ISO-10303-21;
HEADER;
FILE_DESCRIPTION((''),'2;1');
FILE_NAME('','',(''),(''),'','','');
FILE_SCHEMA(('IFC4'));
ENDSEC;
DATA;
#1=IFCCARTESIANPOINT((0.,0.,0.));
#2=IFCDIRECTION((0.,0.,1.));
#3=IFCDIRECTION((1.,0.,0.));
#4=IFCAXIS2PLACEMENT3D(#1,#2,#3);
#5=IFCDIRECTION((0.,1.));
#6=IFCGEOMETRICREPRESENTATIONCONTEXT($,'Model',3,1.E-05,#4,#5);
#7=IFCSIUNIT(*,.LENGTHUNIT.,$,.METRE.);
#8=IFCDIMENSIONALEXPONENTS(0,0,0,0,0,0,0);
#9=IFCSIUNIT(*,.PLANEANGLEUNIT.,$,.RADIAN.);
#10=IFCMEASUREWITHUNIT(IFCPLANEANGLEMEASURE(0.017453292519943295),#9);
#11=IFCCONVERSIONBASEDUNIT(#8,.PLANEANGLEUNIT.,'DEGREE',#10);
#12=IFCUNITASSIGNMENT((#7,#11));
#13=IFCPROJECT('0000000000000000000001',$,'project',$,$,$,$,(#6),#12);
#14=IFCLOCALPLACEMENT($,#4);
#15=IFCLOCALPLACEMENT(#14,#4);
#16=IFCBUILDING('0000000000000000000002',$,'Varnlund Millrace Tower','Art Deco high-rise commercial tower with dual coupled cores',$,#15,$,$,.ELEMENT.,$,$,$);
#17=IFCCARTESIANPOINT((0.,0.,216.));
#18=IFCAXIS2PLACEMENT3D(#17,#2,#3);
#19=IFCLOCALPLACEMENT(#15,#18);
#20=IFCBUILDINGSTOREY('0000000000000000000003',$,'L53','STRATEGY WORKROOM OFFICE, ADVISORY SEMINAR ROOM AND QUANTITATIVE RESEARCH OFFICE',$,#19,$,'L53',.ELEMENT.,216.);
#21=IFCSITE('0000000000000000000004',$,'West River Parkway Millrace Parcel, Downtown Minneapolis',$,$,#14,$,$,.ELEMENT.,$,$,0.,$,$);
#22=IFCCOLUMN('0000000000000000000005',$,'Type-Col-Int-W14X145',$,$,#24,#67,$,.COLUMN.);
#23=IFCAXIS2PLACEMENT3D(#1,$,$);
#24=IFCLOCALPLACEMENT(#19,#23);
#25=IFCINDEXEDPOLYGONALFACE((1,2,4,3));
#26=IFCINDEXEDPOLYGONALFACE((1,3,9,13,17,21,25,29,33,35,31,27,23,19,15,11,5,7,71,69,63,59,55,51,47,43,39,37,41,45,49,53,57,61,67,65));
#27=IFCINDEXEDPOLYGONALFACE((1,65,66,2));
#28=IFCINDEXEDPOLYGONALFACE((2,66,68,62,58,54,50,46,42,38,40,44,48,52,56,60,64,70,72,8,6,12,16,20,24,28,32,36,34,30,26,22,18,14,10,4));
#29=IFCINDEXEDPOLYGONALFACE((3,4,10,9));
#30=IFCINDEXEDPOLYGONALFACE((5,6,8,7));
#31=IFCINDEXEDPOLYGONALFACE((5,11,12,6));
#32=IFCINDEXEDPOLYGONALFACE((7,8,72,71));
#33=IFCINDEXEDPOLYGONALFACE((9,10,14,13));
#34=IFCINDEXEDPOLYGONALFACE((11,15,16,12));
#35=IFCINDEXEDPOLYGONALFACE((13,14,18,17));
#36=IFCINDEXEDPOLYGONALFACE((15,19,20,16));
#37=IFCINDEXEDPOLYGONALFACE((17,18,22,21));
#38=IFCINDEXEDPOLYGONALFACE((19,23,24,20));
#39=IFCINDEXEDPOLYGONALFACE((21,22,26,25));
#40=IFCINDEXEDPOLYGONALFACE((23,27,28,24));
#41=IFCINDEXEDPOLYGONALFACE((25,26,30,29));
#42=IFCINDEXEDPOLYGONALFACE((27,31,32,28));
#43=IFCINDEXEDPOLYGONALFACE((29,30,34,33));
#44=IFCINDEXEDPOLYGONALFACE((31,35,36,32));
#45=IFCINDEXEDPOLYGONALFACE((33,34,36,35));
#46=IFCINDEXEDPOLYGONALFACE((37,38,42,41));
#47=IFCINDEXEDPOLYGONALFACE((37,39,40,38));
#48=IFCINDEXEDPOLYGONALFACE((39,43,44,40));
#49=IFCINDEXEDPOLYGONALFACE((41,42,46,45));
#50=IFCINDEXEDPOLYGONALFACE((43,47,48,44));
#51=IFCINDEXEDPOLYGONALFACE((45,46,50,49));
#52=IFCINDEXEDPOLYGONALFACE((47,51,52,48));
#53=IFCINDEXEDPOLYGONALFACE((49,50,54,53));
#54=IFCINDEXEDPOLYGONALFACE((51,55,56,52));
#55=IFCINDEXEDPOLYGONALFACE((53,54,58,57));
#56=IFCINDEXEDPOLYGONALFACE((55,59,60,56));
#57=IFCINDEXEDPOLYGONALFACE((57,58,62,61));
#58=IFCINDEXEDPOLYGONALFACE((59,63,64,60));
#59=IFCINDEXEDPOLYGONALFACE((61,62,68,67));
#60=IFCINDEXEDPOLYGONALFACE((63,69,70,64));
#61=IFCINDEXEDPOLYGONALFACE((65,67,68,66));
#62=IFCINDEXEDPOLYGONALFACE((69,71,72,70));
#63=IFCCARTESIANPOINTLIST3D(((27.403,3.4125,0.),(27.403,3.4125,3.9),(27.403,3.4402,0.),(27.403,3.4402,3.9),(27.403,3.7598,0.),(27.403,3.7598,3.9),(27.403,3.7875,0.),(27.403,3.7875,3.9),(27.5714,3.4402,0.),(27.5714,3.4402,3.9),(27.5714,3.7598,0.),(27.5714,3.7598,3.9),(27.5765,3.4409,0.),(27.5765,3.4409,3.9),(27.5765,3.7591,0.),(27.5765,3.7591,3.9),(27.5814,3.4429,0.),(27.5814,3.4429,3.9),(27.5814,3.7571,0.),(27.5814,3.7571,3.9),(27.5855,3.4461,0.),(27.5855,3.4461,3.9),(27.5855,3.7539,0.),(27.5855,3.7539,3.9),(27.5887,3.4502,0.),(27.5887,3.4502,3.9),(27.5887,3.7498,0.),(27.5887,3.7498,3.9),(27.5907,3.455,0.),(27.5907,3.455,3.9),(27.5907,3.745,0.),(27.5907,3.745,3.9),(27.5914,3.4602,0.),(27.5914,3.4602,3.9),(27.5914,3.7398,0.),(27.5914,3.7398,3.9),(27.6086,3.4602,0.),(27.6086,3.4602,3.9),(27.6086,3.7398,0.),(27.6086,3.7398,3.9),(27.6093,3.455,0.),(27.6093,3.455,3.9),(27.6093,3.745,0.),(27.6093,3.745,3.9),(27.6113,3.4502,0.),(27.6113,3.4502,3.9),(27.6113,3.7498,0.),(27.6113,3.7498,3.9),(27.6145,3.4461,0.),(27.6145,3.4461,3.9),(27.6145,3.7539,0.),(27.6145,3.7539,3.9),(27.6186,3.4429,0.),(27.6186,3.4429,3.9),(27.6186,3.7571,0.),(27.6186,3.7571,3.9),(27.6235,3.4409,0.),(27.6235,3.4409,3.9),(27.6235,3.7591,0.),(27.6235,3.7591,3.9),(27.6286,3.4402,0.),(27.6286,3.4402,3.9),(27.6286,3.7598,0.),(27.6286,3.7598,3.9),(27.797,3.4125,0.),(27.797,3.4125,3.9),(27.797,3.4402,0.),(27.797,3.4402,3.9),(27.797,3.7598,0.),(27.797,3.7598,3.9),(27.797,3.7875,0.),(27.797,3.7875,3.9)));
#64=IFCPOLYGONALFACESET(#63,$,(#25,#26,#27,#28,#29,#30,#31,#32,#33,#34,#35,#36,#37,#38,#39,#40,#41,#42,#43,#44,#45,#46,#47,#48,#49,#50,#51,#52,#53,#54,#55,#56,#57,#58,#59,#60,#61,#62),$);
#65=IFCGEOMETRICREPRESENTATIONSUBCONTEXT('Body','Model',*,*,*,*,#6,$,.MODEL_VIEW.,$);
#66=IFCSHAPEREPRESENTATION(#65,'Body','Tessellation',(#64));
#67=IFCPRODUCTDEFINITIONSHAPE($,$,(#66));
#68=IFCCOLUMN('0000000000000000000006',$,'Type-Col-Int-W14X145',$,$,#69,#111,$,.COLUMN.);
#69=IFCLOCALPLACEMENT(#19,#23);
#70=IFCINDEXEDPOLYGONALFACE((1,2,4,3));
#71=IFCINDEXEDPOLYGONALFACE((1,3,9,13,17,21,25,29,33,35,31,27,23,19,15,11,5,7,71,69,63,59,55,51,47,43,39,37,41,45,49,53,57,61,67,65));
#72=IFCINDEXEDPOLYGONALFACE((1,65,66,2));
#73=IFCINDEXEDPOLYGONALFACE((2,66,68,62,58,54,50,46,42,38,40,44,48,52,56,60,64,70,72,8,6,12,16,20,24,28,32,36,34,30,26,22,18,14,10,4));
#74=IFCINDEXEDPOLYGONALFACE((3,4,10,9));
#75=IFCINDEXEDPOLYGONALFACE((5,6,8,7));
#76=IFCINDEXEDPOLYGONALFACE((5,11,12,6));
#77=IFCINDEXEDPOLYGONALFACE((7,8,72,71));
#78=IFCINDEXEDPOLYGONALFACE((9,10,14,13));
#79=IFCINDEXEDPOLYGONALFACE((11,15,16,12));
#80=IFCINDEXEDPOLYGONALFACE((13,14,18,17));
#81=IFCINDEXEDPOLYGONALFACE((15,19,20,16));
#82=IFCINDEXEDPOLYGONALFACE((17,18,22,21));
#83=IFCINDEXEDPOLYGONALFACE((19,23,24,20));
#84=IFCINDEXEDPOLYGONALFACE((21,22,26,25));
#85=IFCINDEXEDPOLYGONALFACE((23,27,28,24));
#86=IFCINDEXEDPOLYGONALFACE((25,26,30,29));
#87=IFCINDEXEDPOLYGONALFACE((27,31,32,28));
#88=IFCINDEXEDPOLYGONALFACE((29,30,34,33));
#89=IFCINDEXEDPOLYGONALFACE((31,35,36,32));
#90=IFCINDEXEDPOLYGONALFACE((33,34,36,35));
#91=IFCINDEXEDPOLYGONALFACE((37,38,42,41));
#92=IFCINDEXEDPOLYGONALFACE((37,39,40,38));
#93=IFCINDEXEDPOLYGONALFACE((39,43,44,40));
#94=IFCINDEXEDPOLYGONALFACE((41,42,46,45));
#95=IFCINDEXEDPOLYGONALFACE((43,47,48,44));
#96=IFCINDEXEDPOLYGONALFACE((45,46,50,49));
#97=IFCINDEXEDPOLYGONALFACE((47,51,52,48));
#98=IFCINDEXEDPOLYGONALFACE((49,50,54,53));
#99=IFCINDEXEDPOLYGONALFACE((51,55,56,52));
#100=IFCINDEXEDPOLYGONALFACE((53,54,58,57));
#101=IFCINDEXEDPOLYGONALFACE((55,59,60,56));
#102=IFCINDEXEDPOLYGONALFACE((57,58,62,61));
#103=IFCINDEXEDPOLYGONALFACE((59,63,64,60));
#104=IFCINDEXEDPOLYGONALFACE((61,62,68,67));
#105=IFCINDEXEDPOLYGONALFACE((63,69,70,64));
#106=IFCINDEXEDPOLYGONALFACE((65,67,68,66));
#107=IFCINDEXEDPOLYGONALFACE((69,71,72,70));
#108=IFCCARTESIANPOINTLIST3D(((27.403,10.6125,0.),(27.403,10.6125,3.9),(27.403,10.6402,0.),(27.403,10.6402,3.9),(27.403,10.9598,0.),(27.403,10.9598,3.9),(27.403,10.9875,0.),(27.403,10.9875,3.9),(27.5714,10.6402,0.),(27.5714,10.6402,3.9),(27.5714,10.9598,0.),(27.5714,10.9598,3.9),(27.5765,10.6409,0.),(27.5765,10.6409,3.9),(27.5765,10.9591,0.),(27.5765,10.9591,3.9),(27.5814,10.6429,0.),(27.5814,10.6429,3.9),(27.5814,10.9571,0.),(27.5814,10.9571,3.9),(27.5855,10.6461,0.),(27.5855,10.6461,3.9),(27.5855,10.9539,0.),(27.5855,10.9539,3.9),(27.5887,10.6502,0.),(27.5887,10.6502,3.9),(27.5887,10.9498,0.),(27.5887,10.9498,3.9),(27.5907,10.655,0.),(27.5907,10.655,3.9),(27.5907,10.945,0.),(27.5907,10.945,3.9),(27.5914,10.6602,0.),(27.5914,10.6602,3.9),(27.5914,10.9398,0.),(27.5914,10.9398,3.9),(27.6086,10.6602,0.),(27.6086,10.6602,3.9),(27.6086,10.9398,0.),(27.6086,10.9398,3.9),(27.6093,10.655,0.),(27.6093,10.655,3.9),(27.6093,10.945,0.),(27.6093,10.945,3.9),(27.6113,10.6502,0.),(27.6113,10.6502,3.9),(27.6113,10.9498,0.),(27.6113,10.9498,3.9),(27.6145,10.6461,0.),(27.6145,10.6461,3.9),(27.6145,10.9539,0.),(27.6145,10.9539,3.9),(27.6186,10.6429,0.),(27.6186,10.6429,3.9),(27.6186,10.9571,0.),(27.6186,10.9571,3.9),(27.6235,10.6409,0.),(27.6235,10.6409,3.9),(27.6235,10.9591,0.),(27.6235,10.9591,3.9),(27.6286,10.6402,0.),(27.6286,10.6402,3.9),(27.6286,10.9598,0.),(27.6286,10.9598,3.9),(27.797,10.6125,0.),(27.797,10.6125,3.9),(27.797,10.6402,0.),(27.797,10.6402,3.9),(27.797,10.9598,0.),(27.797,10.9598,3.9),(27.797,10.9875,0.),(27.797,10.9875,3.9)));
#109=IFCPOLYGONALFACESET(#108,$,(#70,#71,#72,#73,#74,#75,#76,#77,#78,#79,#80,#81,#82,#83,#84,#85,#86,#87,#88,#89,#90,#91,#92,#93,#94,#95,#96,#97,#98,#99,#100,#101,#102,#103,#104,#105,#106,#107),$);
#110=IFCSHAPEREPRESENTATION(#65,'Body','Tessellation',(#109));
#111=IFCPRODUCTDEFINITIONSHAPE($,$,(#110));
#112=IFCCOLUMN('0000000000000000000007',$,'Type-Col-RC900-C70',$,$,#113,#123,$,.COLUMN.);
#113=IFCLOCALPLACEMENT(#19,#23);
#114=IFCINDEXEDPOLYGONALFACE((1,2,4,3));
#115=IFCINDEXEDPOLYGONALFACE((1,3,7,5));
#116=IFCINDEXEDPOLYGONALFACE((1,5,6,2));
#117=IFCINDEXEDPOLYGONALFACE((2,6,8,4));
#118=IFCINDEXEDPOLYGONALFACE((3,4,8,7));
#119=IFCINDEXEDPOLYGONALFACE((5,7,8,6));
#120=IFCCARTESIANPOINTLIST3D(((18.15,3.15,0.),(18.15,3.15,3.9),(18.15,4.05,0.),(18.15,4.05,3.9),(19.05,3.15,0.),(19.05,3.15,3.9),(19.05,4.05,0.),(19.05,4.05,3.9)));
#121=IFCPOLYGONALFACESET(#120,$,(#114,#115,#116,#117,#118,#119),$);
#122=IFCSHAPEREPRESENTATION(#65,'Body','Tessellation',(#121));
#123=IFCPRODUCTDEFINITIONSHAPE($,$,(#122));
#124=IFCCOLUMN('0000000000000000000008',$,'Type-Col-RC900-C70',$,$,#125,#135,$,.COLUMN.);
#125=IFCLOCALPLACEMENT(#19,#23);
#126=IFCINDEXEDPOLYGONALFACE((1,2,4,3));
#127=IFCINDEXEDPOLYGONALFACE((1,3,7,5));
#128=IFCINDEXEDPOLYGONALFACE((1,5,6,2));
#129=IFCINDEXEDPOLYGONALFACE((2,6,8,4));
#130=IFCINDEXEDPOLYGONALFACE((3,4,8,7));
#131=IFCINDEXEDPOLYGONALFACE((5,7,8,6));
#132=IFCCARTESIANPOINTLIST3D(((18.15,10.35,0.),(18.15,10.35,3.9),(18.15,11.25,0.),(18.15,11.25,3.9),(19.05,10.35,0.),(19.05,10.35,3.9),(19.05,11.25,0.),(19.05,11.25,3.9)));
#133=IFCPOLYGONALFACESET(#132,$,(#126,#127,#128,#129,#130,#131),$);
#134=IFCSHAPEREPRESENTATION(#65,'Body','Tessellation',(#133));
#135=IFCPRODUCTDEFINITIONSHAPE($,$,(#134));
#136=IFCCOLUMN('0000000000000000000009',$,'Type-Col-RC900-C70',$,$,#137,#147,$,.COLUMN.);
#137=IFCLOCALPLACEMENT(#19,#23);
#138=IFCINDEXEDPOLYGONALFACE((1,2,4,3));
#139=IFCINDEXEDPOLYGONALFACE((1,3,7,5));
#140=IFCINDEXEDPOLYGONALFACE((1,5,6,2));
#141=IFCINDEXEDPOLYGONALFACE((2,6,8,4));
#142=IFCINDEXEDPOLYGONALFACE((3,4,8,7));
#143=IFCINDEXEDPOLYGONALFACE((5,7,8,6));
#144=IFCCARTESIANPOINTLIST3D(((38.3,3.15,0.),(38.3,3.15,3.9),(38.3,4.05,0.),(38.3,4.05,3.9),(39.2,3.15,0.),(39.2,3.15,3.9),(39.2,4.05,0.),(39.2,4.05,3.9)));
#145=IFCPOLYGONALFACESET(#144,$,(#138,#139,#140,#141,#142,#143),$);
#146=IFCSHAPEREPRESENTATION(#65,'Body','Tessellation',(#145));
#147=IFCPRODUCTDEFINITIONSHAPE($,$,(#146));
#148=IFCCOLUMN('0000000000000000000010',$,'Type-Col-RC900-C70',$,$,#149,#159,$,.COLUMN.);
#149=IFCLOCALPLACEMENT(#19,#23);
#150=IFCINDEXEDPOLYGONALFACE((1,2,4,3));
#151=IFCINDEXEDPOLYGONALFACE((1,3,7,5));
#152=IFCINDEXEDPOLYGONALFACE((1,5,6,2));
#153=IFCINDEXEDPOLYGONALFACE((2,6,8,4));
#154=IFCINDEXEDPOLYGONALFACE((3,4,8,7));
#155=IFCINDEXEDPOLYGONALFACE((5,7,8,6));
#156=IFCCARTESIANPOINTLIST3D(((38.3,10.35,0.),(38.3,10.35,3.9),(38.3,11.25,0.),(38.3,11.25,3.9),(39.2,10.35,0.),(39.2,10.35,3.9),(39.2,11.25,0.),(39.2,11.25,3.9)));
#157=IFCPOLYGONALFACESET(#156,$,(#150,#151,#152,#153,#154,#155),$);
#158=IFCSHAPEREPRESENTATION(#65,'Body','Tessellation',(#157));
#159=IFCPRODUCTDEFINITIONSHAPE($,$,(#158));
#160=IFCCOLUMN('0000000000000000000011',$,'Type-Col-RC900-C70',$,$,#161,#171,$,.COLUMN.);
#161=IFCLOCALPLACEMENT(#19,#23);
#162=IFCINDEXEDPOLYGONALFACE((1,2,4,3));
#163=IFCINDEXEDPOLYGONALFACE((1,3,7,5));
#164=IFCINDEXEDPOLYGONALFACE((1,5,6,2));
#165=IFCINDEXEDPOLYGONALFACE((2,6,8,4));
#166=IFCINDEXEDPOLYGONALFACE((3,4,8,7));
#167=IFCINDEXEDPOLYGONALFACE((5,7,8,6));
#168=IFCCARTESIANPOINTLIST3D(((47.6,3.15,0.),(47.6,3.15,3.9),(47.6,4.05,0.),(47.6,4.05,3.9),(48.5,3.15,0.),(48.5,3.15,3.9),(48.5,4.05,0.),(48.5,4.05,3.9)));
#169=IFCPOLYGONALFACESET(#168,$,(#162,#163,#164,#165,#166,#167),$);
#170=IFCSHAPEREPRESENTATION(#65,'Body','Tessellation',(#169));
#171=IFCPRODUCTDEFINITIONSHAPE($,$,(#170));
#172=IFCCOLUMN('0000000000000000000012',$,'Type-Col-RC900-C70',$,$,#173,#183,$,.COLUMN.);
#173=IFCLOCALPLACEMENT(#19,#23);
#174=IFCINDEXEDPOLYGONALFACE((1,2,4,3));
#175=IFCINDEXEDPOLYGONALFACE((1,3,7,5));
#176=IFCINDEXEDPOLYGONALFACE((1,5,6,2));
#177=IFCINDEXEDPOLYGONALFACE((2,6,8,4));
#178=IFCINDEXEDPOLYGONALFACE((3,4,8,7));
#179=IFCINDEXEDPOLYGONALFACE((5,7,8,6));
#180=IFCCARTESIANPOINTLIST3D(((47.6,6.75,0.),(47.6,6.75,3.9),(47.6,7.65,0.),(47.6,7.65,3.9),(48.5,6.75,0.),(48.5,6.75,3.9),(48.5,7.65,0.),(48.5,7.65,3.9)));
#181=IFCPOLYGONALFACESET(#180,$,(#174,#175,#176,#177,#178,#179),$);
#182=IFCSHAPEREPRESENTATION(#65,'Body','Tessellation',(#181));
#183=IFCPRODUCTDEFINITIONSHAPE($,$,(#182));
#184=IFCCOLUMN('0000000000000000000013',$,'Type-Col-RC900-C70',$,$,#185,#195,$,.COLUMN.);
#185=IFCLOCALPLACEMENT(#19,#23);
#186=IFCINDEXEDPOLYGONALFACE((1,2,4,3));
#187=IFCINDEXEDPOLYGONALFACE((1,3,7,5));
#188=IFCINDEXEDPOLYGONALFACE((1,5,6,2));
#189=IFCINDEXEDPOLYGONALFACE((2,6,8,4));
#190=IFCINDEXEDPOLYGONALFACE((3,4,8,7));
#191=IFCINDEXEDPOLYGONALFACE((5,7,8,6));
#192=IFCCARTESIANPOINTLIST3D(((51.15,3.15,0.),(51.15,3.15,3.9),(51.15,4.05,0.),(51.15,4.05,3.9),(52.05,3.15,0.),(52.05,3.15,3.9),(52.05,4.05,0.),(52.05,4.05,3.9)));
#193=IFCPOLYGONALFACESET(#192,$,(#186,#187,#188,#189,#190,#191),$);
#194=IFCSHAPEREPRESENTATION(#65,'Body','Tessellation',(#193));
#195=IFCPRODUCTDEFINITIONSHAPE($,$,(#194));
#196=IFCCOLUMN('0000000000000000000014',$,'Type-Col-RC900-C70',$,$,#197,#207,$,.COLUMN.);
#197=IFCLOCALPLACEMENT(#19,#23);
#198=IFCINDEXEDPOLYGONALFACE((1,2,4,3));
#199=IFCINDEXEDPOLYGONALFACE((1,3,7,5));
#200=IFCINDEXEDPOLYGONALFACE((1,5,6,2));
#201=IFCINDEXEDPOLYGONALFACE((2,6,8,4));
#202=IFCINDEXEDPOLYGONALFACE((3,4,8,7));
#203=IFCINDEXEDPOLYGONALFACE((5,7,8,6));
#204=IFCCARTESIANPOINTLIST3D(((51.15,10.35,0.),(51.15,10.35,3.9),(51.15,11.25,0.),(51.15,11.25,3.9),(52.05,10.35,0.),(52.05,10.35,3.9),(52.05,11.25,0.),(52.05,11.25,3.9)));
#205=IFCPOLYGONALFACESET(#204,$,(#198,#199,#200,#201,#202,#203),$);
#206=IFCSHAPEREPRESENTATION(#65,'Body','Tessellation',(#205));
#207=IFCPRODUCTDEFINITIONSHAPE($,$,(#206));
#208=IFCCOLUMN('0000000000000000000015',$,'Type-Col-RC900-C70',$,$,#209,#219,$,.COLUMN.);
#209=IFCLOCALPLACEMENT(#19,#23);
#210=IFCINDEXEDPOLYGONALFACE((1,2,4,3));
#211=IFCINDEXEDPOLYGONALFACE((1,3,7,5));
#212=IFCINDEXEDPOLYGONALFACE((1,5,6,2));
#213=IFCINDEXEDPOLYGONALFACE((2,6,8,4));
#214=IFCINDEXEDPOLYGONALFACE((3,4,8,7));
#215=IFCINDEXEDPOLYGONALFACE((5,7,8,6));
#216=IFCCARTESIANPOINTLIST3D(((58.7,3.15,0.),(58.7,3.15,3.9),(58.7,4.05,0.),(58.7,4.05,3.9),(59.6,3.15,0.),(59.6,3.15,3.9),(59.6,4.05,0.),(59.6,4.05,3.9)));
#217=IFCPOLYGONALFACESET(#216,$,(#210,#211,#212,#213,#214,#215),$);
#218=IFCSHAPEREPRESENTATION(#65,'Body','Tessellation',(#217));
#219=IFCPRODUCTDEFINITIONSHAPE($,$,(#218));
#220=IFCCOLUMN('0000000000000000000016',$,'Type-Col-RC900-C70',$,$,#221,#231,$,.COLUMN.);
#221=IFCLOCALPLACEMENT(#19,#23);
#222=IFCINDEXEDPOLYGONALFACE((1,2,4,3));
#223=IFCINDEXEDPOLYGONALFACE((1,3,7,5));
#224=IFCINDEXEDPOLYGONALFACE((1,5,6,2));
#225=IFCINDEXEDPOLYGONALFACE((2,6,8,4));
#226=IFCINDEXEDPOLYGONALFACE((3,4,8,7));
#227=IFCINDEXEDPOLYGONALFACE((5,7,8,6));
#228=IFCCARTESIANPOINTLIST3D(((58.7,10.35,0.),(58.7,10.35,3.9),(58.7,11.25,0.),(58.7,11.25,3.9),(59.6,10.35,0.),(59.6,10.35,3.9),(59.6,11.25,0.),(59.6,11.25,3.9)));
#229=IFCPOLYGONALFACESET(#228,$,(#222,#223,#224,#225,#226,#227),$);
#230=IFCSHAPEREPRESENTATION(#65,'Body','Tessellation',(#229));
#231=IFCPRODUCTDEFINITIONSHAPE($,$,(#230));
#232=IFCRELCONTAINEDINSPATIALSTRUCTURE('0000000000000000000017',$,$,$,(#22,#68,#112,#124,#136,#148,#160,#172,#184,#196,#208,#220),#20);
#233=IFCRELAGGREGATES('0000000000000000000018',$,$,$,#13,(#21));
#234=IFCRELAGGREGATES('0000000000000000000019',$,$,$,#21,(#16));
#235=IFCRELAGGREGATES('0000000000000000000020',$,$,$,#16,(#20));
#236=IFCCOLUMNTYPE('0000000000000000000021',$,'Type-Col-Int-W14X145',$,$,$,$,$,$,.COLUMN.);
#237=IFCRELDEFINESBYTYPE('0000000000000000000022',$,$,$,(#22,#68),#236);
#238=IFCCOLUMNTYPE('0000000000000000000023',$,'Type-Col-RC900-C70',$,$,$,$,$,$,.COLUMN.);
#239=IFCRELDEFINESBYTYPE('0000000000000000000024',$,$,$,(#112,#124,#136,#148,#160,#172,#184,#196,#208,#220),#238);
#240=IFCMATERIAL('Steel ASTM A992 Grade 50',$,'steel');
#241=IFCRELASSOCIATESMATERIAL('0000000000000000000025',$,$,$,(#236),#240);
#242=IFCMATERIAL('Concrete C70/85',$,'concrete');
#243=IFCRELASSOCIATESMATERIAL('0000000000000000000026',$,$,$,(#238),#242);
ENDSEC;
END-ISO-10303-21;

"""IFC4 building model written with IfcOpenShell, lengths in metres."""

from ifc_helpers import new_model, entity, si_unit, converted_unit, direction, frame, origin_with_axes, origin_2d_with_axis, place, context, subcontext, project, spatial, rectangle, i_section, extrude, material, material_profile, profile_set, type_object, element, save


model = new_model("IFC4")

# Units and contexts
model_context = context("Model", 3, precision=1e-05, world=origin_with_axes(), true_north=direction((0.0, 1.0)))
body_context = subcontext(model_context, "Body", "Model", "MODEL_VIEW")
ifc_project = project(units=[si_unit("LENGTHUNIT", "METRE"), converted_unit("PLANEANGLEUNIT", "DEGREE", entity("IfcPlaneAngleMeasure", 0.017453292519943295), si_unit("PLANEANGLEUNIT", "RADIAN"), dimensions=[0, 0, 0, 0, 0, 0, 0])], contexts=[model_context])

# Site, building, storey
site_placement = place(None, origin_with_axes())
site = spatial("IfcSite", under=ifc_project, at=site_placement, Name="West River Parkway Millrace Parcel, Downtown Minneapolis", CompositionType="ELEMENT", RefElevation=0.0)
building_placement = place(site_placement, origin_with_axes())
building = spatial("IfcBuilding", under=site, at=building_placement, Name="Varnlund Millrace Tower", Description="Art Deco high-rise commercial tower with dual coupled cores", CompositionType="ELEMENT")
storey_placement = place(building_placement, frame((0.0, 0.0, 216.0), z_axis=(0.0, 0.0, 1.0), x_axis=(1.0, 0.0, 0.0)))
storey = spatial("IfcBuildingStorey", under=building, at=storey_placement, Name="L53", Description="STRATEGY WORKROOM OFFICE, ADVISORY SEMINAR ROOM AND QUANTITATIVE RESEARCH OFFICE", LongName="L53", CompositionType="ELEMENT", Elevation=216.0)

# Columns
ifc_material_1 = material(Name="Steel ASTM A992 Grade 50", Category="steel")
ifc_material_profile_1 = material_profile(ifc_material_1, i_section(OverallWidth=0.394, OverallDepth=0.375, WebThickness=0.0173, FlangeThickness=0.0277, FilletRadius=0.02, at=origin_2d_with_axis()), Name="Steel ASTM A992 Grade 50")
ifc_profile_set_1 = profile_set([ifc_material_profile_1], Name="Steel ASTM A992 Grade 50")
column_type_1 = type_object("IfcColumnType", Name="Type-Col-Int-W14X145", PredefinedType="COLUMN", material=ifc_profile_set_1)
for number, where, z_axis, x_axis, name in (
    (1, (27.6, 3.6, 0.0), (0.0, 0.0, 1.0), (1.0, 0.0, 0.0), "Type-Col-Int-W14X145"),
    (2, (27.6, 10.8, 0.0), (0.0, 0.0, 1.0), (1.0, 0.0, 0.0), "Type-Col-Int-W14X145"),
):
    element("IfcColumn", number, at=place(storey_placement, frame(where, z_axis=z_axis, x_axis=x_axis)), inside=storey, type_object=column_type_1, Name=name, PredefinedType="COLUMN", context=body_context, shape_type="SweptSolid", body=[
        extrude(i_section(OverallWidth=0.394, OverallDepth=0.375, WebThickness=0.0173, FlangeThickness=0.0277, FilletRadius=0.02, at=origin_2d_with_axis()), origin_with_axes(), (0.0, 0.0, 1.0), 3.9),
    ])
ifc_material_2 = material(Name="Concrete C70/85", Category="concrete")
ifc_material_profile_2 = material_profile(ifc_material_2, rectangle(XDim=0.9, YDim=0.9, at=origin_2d_with_axis()), Name="Concrete C70/85")
ifc_profile_set_2 = profile_set([ifc_material_profile_2], Name="Concrete C70/85")
column_type_2 = type_object("IfcColumnType", Name="Type-Col-RC900-C70", PredefinedType="COLUMN", material=ifc_profile_set_2)
for number, where, z_axis, x_axis, name in (
    (3, (18.6, 3.6, 0.0), (0.0, 0.0, 1.0), (1.0, 0.0, 0.0), "Type-Col-RC900-C70"),
    (4, (18.6, 10.8, 0.0), (0.0, 0.0, 1.0), (1.0, 0.0, 0.0), "Type-Col-RC900-C70"),
    (5, (38.75, 3.6, 0.0), (0.0, 0.0, 1.0), (1.0, 0.0, 0.0), "Type-Col-RC900-C70"),
    (6, (38.75, 10.8, 0.0), (0.0, 0.0, 1.0), (1.0, 0.0, 0.0), "Type-Col-RC900-C70"),
    (7, (48.05, 3.6, 0.0), (0.0, 0.0, 1.0), (1.0, 0.0, 0.0), "Type-Col-RC900-C70"),
    (8, (48.05, 7.2, 0.0), (0.0, 0.0, 1.0), (1.0, 0.0, 0.0), "Type-Col-RC900-C70"),
    (9, (51.6, 3.6, 0.0), (0.0, 0.0, 1.0), (1.0, 0.0, 0.0), "Type-Col-RC900-C70"),
    (10, (51.6, 10.8, 0.0), (0.0, 0.0, 1.0), (1.0, 0.0, 0.0), "Type-Col-RC900-C70"),
    (11, (59.15, 3.6, 0.0), (0.0, 0.0, 1.0), (1.0, 0.0, 0.0), "Type-Col-RC900-C70"),
    (12, (59.15, 10.8, 0.0), (0.0, 0.0, 1.0), (1.0, 0.0, 0.0), "Type-Col-RC900-C70"),
):
    element("IfcColumn", number, at=place(storey_placement, frame(where, z_axis=z_axis, x_axis=x_axis)), inside=storey, type_object=column_type_2, Name=name, PredefinedType="COLUMN", context=body_context, shape_type="SweptSolid", body=[
        extrude(rectangle(XDim=0.9, YDim=0.9, at=origin_2d_with_axis()), origin_with_axes(), (0.0, 0.0, 1.0), 3.9),
    ])

save(model, "model.ifc")
